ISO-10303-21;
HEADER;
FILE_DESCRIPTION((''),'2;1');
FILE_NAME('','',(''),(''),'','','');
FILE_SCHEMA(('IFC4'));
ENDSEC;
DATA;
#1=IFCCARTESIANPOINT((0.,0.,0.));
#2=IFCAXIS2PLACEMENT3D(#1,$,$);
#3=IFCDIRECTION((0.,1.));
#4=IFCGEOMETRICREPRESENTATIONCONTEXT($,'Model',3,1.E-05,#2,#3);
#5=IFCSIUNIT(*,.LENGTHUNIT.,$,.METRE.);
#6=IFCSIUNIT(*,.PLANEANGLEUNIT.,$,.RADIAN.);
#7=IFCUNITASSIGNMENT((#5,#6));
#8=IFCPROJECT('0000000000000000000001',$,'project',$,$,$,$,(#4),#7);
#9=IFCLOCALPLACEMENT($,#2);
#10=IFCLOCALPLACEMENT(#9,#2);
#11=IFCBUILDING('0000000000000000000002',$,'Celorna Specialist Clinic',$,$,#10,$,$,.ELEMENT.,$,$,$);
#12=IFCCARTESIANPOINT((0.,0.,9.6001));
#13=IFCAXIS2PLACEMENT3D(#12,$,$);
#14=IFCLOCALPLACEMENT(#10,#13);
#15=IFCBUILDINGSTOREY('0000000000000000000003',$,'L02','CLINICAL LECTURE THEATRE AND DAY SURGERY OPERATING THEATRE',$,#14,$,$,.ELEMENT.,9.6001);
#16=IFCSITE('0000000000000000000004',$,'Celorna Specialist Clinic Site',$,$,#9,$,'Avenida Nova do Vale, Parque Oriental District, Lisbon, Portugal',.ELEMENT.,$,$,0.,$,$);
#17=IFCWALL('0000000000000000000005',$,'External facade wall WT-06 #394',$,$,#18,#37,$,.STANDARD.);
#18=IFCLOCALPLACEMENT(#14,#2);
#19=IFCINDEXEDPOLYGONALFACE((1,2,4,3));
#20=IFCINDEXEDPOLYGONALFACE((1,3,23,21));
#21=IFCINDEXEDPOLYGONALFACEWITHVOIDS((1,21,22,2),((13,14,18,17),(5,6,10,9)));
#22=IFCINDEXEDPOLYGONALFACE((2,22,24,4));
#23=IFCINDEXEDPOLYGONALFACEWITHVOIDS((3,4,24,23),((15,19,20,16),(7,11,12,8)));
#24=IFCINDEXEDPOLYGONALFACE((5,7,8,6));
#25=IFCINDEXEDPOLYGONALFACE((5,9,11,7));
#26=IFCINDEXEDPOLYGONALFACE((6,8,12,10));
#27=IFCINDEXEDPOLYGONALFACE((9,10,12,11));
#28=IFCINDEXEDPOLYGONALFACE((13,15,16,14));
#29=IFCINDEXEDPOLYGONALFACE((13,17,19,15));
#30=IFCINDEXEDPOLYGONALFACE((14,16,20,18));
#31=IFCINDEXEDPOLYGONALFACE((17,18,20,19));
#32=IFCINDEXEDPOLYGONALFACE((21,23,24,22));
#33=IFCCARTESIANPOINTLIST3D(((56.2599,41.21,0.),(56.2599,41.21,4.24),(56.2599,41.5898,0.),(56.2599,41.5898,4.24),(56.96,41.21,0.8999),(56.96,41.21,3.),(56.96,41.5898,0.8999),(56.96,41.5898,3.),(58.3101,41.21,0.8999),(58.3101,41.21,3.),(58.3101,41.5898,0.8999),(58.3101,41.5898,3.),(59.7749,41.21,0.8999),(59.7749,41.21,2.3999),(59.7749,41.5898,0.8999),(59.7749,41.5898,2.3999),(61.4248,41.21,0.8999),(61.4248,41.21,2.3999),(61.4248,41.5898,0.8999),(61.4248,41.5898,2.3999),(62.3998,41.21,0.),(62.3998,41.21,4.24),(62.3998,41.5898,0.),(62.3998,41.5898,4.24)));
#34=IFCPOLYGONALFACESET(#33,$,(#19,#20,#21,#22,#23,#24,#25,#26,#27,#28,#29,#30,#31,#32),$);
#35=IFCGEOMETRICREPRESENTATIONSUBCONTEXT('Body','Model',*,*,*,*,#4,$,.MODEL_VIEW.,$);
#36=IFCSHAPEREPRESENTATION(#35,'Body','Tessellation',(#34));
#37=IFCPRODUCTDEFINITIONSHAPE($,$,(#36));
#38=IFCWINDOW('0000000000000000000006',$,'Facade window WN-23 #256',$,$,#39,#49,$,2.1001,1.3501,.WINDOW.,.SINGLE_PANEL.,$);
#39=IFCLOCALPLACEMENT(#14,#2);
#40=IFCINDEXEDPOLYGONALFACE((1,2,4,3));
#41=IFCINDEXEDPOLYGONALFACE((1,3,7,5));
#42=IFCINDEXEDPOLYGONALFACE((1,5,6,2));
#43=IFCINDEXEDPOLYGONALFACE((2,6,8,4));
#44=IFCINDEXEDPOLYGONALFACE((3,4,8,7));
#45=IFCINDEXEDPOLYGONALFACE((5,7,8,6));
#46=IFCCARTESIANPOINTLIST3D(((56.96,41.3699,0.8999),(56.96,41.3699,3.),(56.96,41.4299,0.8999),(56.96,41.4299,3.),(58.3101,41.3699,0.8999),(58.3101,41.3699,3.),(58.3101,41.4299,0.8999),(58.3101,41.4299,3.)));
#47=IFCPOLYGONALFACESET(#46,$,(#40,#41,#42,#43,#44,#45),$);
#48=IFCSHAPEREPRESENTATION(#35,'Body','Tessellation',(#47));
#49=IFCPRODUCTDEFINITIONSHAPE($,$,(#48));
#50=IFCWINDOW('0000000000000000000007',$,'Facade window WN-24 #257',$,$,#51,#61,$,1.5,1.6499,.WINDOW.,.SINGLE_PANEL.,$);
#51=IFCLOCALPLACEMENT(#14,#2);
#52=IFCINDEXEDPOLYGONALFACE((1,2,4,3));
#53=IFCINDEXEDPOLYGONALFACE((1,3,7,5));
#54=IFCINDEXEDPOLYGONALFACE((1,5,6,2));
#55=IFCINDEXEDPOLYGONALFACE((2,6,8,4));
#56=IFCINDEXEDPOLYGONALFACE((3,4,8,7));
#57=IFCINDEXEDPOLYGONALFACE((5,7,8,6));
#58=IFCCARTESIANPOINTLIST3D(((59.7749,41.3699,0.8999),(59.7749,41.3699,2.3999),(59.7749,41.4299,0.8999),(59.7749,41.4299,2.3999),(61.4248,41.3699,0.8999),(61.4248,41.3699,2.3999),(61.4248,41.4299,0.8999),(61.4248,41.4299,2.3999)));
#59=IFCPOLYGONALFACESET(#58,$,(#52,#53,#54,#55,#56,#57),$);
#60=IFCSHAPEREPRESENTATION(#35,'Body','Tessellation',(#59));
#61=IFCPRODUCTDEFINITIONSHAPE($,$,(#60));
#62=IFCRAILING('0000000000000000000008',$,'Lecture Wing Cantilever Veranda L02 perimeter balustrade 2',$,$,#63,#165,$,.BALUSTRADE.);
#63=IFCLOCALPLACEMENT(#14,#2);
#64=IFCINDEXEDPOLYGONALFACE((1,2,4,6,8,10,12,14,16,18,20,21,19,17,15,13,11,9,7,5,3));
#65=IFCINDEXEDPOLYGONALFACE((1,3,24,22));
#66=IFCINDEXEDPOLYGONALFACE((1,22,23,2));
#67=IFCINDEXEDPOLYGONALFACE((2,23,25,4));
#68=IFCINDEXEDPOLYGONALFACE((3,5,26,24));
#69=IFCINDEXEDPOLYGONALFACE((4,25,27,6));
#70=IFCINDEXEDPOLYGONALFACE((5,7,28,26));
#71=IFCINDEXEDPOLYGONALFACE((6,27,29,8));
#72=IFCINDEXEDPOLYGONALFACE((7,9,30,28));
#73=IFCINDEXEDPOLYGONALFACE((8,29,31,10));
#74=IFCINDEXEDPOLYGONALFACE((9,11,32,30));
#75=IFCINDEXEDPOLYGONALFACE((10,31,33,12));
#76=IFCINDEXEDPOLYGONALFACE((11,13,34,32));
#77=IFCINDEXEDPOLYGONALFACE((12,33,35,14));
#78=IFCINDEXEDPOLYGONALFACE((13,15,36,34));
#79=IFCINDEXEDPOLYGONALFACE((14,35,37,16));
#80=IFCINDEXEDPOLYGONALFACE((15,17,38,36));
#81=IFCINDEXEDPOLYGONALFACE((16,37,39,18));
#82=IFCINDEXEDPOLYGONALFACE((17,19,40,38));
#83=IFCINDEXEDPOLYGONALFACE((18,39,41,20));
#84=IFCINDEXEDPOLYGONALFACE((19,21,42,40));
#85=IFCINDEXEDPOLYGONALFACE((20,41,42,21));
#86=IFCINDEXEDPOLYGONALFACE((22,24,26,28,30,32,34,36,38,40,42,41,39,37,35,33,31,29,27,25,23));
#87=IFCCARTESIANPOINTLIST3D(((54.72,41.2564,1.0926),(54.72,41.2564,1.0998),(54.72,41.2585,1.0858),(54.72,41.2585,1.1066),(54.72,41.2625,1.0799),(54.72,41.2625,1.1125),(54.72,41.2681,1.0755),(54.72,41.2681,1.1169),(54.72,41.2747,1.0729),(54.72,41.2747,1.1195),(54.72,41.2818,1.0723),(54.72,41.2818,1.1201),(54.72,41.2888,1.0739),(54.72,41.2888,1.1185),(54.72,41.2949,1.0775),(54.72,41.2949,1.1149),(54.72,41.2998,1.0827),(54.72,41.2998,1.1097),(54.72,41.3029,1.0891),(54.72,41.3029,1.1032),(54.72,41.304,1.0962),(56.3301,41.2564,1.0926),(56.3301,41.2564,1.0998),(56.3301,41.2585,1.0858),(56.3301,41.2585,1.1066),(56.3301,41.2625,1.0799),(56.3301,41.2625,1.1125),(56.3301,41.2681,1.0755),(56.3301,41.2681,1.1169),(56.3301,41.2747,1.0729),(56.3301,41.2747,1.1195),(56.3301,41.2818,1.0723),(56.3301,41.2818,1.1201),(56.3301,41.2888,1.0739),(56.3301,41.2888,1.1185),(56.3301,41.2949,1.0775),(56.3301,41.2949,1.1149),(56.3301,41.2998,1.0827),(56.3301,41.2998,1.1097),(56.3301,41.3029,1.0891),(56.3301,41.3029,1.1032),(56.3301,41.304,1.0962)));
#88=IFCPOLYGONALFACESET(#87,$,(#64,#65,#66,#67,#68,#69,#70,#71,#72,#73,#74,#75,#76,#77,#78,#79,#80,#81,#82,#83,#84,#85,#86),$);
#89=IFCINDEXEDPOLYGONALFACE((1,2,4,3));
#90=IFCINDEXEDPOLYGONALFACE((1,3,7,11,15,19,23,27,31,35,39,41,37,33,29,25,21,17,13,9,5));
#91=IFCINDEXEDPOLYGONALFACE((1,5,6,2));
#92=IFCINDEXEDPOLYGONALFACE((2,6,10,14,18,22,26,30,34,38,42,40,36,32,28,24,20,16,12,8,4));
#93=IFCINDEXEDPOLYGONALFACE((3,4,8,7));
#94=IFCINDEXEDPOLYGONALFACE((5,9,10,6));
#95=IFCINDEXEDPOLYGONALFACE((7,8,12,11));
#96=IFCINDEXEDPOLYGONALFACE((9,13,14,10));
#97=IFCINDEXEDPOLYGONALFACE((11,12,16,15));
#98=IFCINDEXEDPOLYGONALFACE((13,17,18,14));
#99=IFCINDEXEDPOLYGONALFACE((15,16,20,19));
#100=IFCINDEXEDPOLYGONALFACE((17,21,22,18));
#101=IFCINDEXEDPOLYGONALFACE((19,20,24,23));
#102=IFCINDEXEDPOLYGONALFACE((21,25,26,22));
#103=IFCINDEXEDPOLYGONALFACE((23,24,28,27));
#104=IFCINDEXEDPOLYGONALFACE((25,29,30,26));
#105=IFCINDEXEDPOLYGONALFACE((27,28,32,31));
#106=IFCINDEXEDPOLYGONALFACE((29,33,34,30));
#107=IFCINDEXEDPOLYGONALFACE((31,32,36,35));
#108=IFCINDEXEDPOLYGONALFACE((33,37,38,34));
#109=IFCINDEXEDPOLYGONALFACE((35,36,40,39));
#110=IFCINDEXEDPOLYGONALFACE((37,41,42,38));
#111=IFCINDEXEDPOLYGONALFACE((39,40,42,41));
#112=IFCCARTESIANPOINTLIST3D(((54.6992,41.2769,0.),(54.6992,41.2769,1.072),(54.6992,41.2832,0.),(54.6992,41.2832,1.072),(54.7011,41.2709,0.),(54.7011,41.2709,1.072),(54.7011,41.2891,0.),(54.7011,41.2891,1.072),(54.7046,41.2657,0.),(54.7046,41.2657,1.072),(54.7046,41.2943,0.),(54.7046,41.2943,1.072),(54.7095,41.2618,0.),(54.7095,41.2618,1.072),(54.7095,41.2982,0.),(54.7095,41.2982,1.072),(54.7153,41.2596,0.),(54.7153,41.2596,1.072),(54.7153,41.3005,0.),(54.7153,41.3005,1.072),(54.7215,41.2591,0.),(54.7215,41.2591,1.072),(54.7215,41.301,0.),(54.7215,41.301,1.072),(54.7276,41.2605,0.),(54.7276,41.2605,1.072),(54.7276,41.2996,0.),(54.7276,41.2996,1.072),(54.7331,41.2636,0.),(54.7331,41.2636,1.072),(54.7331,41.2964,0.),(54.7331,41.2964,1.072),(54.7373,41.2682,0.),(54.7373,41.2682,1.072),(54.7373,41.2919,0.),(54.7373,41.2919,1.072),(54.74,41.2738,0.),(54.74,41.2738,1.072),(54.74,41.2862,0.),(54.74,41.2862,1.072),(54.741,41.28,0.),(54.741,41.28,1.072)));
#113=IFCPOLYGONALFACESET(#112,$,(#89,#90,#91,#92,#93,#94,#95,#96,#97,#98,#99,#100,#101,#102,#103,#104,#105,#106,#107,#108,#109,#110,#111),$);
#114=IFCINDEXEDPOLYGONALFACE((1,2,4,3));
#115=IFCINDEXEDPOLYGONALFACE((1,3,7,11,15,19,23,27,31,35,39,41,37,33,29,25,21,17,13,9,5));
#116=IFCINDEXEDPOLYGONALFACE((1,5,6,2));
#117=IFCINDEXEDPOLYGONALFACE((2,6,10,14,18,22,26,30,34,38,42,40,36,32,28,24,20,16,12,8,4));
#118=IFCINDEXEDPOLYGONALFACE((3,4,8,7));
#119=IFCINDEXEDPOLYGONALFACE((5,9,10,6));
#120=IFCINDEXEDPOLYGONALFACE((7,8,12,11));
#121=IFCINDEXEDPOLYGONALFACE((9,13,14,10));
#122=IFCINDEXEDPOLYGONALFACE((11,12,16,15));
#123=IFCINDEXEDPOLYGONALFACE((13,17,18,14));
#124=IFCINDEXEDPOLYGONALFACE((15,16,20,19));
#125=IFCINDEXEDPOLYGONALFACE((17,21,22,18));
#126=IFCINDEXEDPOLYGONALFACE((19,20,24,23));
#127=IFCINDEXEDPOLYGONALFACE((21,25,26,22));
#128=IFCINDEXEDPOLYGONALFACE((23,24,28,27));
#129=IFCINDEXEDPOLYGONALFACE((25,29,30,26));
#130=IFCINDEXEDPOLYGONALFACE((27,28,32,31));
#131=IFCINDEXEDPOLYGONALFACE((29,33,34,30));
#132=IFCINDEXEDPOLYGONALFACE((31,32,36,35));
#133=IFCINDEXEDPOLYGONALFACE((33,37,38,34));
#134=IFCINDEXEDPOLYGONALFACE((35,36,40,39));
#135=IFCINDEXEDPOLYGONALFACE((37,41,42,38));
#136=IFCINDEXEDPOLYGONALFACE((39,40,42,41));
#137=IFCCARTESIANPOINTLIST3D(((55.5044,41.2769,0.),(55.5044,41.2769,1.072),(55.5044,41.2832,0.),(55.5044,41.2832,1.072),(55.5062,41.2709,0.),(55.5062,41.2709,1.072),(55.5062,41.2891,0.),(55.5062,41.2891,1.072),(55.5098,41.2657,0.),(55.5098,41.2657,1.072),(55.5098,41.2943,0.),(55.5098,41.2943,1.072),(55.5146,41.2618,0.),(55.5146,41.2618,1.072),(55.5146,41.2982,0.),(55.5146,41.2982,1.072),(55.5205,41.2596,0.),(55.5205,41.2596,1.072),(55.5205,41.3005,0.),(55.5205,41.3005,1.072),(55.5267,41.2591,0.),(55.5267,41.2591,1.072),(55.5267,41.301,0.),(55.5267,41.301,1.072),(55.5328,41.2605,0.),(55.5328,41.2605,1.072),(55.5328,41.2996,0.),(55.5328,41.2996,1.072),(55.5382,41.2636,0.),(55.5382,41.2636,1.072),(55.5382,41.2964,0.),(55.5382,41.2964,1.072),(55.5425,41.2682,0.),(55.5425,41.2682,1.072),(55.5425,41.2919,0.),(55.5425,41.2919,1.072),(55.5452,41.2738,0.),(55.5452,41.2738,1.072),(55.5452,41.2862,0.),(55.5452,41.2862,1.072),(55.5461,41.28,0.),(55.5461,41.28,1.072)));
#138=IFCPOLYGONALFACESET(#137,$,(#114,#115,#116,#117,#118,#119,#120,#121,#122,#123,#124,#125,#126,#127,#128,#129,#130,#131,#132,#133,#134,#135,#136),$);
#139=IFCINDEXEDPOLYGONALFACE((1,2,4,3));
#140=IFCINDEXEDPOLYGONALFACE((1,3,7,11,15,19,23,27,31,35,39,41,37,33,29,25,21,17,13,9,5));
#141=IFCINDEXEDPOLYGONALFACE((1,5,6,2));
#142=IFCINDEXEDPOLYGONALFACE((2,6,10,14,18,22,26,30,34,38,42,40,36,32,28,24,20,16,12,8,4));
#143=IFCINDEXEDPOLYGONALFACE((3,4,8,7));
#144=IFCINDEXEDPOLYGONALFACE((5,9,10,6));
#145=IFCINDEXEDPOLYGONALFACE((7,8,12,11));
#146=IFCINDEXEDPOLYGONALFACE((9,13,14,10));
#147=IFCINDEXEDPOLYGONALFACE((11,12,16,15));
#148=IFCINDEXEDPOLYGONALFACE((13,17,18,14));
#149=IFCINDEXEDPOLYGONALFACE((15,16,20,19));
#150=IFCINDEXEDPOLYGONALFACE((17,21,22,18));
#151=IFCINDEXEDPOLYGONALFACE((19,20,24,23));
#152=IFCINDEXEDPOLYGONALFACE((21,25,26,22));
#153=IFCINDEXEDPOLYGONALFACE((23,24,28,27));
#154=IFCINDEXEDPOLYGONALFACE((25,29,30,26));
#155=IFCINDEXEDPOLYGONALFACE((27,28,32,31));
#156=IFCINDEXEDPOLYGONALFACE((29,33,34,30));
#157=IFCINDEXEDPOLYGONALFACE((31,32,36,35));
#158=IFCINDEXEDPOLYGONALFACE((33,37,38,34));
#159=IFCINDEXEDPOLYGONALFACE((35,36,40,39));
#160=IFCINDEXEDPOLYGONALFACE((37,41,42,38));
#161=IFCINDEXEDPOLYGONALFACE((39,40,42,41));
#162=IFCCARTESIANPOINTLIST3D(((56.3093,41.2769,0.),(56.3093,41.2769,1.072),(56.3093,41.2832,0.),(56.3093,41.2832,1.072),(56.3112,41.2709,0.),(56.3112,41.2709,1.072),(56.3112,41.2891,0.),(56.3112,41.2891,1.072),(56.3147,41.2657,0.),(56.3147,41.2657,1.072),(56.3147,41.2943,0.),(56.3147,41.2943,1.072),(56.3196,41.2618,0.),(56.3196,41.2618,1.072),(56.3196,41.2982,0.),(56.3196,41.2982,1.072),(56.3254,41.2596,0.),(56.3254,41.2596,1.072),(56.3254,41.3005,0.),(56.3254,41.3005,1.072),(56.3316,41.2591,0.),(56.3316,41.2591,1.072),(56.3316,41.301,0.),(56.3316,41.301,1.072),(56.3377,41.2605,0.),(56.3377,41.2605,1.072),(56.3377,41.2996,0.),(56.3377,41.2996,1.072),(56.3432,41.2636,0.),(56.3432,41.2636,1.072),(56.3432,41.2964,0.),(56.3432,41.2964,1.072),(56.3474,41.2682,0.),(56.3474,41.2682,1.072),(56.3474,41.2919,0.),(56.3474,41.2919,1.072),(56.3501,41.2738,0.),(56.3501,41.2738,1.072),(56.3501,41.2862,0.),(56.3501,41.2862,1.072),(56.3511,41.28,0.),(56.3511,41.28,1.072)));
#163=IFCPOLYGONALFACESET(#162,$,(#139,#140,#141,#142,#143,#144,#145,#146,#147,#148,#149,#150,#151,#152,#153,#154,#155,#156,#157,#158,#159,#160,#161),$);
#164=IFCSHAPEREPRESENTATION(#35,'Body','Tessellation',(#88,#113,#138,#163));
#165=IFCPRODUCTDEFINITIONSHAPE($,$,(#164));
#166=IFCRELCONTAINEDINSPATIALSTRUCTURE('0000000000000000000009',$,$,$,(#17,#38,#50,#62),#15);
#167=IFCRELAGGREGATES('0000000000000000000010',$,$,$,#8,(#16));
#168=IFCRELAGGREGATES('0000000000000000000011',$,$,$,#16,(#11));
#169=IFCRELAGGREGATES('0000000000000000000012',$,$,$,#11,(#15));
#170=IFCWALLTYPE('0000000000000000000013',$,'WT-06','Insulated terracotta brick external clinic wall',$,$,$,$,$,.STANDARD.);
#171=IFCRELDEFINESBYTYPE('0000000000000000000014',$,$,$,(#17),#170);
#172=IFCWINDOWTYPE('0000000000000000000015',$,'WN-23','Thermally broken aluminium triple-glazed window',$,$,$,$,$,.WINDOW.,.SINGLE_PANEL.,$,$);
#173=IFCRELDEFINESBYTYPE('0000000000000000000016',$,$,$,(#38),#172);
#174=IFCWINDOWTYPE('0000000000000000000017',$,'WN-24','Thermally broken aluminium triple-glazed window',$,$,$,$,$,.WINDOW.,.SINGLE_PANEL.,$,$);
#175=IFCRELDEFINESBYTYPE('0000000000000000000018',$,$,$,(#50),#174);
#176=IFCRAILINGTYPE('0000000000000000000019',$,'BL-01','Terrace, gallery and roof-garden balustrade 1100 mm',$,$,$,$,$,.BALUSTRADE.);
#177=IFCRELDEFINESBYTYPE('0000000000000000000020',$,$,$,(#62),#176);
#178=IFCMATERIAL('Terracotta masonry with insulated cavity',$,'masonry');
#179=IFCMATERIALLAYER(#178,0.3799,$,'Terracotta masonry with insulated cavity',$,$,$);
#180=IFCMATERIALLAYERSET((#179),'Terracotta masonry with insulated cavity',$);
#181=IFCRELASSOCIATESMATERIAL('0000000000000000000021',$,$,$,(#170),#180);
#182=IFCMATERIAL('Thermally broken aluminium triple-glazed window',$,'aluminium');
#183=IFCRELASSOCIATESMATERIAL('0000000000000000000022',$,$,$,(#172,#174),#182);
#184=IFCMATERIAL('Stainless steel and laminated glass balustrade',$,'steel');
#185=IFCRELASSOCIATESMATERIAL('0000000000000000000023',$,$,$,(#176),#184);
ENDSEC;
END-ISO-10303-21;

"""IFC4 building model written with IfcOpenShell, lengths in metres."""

from ifc_helpers import new_model, si_unit, direction, frame, frame_2d, origin, origin_2d, place, context, subcontext, project, spatial, rectangle, circle, extrude, material, layer, layer_set, type_object, element, fill, save


model = new_model("IFC4")

# Units and contexts
model_context = context("Model", 3, precision=1e-05, world=origin(), true_north=direction((0.0, 1.0)))
body_context = subcontext(model_context, "Body", "Model", "MODEL_VIEW")
ifc_project = project(units=[si_unit("LENGTHUNIT", "METRE"), si_unit("PLANEANGLEUNIT", "RADIAN")], contexts=[model_context])

# Site, building, storey
site_placement = place(None, origin())
site = spatial("IfcSite", under=ifc_project, at=site_placement, Name="Celorna Specialist Clinic Site", LongName="Avenida Nova do Vale, Parque Oriental District, Lisbon, Portugal", CompositionType="ELEMENT", RefElevation=0.0)
building_placement = place(site_placement, origin())
building = spatial("IfcBuilding", under=site, at=building_placement, Name="Celorna Specialist Clinic", CompositionType="ELEMENT")
storey_placement = place(building_placement, frame((0.0, 0.0, 9.6001)))
storey = spatial("IfcBuildingStorey", under=building, at=storey_placement, Name="L02", Description="CLINICAL LECTURE THEATRE AND DAY SURGERY OPERATING THEATRE", CompositionType="ELEMENT", Elevation=9.6001)

# Wall, openings, windows
ifc_material_1 = material(Name="Terracotta masonry with insulated cavity", Category="masonry")
ifc_layer_1 = layer(ifc_material_1, 0.3799, Name="Terracotta masonry with insulated cavity")
ifc_layer_set_1 = layer_set([ifc_layer_1], Name="Terracotta masonry with insulated cavity")
wall_type = type_object("IfcWallType", Name="WT-06", Description="Insulated terracotta brick external clinic wall", PredefinedType="STANDARD", material=ifc_layer_set_1)
wall_placement = place(storey_placement, frame((56.26, 41.3999, 0.0), z_axis=(0.0, 0.0, 1.0), x_axis=(1.0, 0.0, 0.0)))
wall = element("IfcWall", 1, at=wall_placement, inside=storey, type_object=wall_type, Name="External facade wall WT-06 #394", PredefinedType="STANDARD", context=body_context, shape_type="SweptSolid", body=[
    extrude(rectangle(XDim=6.1399, YDim=0.3799, at=frame_2d((3.0698, 0.0))), origin(), (0.0, 0.0, 1.0), 4.24),
])
opening_1_placement = place(wall_placement, frame((0.7, 0.0, 0.8999)))
opening_1 = element("IfcOpeningElement", 2, at=opening_1_placement, cuts=wall, PredefinedType="OPENING", context=body_context, shape_type="SweptSolid", body=[
    extrude(rectangle(XDim=1.3501, YDim=2.1001, at=frame_2d((0.675, 1.05))), frame((0.0, 0.2, 0.0), z_axis=(0.0, -1.0, 0.0), x_axis=(1.0, 0.0, 0.0)), (0.0, 0.0, 1.0), 0.3999),
])
opening_2_placement = place(wall_placement, frame((3.5149, 0.0, 0.8999)))
opening_2 = element("IfcOpeningElement", 3, at=opening_2_placement, cuts=wall, PredefinedType="OPENING", context=body_context, shape_type="SweptSolid", body=[
    extrude(rectangle(XDim=1.6499, YDim=1.5, at=frame_2d((0.825, 0.75))), frame((0.0, 0.2, 0.0), z_axis=(0.0, -1.0, 0.0), x_axis=(1.0, 0.0, 0.0)), (0.0, 0.0, 1.0), 0.3999),
])
ifc_material_2 = material(Name="Thermally broken aluminium triple-glazed window", Category="aluminium")
window_type_1 = type_object("IfcWindowType", Name="WN-23", Description="Thermally broken aluminium triple-glazed window", PartitioningType="SINGLE_PANEL", PredefinedType="WINDOW", material=ifc_material_2)
window_1_placement = place(opening_1_placement, origin())
window_1 = element("IfcWindow", 4, at=window_1_placement, inside=storey, type_object=window_type_1, Name="Facade window WN-23 #256", OverallHeight=2.1001, OverallWidth=1.3501, PartitioningType="SINGLE_PANEL", PredefinedType="WINDOW", context=body_context, shape_type="SweptSolid", body=[
    extrude(rectangle(XDim=1.3501, YDim=2.1001, at=frame_2d((0.675, 1.05))), frame((0.0, 0.03, 0.0), z_axis=(0.0, -1.0, 0.0), x_axis=(1.0, 0.0, 0.0)), (0.0, 0.0, 1.0), 0.0601),
])
fill(opening_1, window_1)
window_type_2 = type_object("IfcWindowType", Name="WN-24", Description="Thermally broken aluminium triple-glazed window", PartitioningType="SINGLE_PANEL", PredefinedType="WINDOW", material=ifc_material_2)
window_2_placement = place(opening_2_placement, origin())
window_2 = element("IfcWindow", 5, at=window_2_placement, inside=storey, type_object=window_type_2, Name="Facade window WN-24 #257", OverallHeight=1.5, OverallWidth=1.6499, PartitioningType="SINGLE_PANEL", PredefinedType="WINDOW", context=body_context, shape_type="SweptSolid", body=[
    extrude(rectangle(XDim=1.6499, YDim=1.5, at=frame_2d((0.825, 0.75))), frame((0.0, 0.03, 0.0), z_axis=(0.0, -1.0, 0.0), x_axis=(1.0, 0.0, 0.0)), (0.0, 0.0, 1.0), 0.0601),
])
fill(opening_2, window_2)

# Railing
ifc_material_3 = material(Name="Stainless steel and laminated glass balustrade", Category="steel")
railing_type = type_object("IfcRailingType", Name="BL-01", Description="Terrace, gallery and roof-garden balustrade 1100 mm", PredefinedType="BALUSTRADE", material=ifc_material_3)
railing_1_placement = place(storey_placement, frame((54.72, 41.28, 0.0)))
element("IfcRailing", 6, at=railing_1_placement, inside=storey, type_object=railing_type, Name="Lecture Wing Cantilever Veranda L02 perimeter balustrade 2", PredefinedType="BALUSTRADE", context=body_context, shape_type="SweptSolid", body=[
    extrude(circle(Radius=0.0239, at=origin_2d()), frame((0.0, 0.0, 1.0962), z_axis=(1.0, 0.0, 0.0), x_axis=(0.0, 1.0, 0.0)), (0.0, 0.0, 1.0), 1.6101),
    extrude(circle(Radius=0.021, at=origin_2d()), origin(), (0.0, 0.0, 1.0), 1.072),
    extrude(circle(Radius=0.021, at=origin_2d()), frame((0.8052, 0.0, 0.0)), (0.0, 0.0, 1.0), 1.072),
    extrude(circle(Radius=0.021, at=origin_2d()), frame((1.6101, 0.0, 0.0)), (0.0, 0.0, 1.0), 1.072),
])

save(model, "model.ifc")
